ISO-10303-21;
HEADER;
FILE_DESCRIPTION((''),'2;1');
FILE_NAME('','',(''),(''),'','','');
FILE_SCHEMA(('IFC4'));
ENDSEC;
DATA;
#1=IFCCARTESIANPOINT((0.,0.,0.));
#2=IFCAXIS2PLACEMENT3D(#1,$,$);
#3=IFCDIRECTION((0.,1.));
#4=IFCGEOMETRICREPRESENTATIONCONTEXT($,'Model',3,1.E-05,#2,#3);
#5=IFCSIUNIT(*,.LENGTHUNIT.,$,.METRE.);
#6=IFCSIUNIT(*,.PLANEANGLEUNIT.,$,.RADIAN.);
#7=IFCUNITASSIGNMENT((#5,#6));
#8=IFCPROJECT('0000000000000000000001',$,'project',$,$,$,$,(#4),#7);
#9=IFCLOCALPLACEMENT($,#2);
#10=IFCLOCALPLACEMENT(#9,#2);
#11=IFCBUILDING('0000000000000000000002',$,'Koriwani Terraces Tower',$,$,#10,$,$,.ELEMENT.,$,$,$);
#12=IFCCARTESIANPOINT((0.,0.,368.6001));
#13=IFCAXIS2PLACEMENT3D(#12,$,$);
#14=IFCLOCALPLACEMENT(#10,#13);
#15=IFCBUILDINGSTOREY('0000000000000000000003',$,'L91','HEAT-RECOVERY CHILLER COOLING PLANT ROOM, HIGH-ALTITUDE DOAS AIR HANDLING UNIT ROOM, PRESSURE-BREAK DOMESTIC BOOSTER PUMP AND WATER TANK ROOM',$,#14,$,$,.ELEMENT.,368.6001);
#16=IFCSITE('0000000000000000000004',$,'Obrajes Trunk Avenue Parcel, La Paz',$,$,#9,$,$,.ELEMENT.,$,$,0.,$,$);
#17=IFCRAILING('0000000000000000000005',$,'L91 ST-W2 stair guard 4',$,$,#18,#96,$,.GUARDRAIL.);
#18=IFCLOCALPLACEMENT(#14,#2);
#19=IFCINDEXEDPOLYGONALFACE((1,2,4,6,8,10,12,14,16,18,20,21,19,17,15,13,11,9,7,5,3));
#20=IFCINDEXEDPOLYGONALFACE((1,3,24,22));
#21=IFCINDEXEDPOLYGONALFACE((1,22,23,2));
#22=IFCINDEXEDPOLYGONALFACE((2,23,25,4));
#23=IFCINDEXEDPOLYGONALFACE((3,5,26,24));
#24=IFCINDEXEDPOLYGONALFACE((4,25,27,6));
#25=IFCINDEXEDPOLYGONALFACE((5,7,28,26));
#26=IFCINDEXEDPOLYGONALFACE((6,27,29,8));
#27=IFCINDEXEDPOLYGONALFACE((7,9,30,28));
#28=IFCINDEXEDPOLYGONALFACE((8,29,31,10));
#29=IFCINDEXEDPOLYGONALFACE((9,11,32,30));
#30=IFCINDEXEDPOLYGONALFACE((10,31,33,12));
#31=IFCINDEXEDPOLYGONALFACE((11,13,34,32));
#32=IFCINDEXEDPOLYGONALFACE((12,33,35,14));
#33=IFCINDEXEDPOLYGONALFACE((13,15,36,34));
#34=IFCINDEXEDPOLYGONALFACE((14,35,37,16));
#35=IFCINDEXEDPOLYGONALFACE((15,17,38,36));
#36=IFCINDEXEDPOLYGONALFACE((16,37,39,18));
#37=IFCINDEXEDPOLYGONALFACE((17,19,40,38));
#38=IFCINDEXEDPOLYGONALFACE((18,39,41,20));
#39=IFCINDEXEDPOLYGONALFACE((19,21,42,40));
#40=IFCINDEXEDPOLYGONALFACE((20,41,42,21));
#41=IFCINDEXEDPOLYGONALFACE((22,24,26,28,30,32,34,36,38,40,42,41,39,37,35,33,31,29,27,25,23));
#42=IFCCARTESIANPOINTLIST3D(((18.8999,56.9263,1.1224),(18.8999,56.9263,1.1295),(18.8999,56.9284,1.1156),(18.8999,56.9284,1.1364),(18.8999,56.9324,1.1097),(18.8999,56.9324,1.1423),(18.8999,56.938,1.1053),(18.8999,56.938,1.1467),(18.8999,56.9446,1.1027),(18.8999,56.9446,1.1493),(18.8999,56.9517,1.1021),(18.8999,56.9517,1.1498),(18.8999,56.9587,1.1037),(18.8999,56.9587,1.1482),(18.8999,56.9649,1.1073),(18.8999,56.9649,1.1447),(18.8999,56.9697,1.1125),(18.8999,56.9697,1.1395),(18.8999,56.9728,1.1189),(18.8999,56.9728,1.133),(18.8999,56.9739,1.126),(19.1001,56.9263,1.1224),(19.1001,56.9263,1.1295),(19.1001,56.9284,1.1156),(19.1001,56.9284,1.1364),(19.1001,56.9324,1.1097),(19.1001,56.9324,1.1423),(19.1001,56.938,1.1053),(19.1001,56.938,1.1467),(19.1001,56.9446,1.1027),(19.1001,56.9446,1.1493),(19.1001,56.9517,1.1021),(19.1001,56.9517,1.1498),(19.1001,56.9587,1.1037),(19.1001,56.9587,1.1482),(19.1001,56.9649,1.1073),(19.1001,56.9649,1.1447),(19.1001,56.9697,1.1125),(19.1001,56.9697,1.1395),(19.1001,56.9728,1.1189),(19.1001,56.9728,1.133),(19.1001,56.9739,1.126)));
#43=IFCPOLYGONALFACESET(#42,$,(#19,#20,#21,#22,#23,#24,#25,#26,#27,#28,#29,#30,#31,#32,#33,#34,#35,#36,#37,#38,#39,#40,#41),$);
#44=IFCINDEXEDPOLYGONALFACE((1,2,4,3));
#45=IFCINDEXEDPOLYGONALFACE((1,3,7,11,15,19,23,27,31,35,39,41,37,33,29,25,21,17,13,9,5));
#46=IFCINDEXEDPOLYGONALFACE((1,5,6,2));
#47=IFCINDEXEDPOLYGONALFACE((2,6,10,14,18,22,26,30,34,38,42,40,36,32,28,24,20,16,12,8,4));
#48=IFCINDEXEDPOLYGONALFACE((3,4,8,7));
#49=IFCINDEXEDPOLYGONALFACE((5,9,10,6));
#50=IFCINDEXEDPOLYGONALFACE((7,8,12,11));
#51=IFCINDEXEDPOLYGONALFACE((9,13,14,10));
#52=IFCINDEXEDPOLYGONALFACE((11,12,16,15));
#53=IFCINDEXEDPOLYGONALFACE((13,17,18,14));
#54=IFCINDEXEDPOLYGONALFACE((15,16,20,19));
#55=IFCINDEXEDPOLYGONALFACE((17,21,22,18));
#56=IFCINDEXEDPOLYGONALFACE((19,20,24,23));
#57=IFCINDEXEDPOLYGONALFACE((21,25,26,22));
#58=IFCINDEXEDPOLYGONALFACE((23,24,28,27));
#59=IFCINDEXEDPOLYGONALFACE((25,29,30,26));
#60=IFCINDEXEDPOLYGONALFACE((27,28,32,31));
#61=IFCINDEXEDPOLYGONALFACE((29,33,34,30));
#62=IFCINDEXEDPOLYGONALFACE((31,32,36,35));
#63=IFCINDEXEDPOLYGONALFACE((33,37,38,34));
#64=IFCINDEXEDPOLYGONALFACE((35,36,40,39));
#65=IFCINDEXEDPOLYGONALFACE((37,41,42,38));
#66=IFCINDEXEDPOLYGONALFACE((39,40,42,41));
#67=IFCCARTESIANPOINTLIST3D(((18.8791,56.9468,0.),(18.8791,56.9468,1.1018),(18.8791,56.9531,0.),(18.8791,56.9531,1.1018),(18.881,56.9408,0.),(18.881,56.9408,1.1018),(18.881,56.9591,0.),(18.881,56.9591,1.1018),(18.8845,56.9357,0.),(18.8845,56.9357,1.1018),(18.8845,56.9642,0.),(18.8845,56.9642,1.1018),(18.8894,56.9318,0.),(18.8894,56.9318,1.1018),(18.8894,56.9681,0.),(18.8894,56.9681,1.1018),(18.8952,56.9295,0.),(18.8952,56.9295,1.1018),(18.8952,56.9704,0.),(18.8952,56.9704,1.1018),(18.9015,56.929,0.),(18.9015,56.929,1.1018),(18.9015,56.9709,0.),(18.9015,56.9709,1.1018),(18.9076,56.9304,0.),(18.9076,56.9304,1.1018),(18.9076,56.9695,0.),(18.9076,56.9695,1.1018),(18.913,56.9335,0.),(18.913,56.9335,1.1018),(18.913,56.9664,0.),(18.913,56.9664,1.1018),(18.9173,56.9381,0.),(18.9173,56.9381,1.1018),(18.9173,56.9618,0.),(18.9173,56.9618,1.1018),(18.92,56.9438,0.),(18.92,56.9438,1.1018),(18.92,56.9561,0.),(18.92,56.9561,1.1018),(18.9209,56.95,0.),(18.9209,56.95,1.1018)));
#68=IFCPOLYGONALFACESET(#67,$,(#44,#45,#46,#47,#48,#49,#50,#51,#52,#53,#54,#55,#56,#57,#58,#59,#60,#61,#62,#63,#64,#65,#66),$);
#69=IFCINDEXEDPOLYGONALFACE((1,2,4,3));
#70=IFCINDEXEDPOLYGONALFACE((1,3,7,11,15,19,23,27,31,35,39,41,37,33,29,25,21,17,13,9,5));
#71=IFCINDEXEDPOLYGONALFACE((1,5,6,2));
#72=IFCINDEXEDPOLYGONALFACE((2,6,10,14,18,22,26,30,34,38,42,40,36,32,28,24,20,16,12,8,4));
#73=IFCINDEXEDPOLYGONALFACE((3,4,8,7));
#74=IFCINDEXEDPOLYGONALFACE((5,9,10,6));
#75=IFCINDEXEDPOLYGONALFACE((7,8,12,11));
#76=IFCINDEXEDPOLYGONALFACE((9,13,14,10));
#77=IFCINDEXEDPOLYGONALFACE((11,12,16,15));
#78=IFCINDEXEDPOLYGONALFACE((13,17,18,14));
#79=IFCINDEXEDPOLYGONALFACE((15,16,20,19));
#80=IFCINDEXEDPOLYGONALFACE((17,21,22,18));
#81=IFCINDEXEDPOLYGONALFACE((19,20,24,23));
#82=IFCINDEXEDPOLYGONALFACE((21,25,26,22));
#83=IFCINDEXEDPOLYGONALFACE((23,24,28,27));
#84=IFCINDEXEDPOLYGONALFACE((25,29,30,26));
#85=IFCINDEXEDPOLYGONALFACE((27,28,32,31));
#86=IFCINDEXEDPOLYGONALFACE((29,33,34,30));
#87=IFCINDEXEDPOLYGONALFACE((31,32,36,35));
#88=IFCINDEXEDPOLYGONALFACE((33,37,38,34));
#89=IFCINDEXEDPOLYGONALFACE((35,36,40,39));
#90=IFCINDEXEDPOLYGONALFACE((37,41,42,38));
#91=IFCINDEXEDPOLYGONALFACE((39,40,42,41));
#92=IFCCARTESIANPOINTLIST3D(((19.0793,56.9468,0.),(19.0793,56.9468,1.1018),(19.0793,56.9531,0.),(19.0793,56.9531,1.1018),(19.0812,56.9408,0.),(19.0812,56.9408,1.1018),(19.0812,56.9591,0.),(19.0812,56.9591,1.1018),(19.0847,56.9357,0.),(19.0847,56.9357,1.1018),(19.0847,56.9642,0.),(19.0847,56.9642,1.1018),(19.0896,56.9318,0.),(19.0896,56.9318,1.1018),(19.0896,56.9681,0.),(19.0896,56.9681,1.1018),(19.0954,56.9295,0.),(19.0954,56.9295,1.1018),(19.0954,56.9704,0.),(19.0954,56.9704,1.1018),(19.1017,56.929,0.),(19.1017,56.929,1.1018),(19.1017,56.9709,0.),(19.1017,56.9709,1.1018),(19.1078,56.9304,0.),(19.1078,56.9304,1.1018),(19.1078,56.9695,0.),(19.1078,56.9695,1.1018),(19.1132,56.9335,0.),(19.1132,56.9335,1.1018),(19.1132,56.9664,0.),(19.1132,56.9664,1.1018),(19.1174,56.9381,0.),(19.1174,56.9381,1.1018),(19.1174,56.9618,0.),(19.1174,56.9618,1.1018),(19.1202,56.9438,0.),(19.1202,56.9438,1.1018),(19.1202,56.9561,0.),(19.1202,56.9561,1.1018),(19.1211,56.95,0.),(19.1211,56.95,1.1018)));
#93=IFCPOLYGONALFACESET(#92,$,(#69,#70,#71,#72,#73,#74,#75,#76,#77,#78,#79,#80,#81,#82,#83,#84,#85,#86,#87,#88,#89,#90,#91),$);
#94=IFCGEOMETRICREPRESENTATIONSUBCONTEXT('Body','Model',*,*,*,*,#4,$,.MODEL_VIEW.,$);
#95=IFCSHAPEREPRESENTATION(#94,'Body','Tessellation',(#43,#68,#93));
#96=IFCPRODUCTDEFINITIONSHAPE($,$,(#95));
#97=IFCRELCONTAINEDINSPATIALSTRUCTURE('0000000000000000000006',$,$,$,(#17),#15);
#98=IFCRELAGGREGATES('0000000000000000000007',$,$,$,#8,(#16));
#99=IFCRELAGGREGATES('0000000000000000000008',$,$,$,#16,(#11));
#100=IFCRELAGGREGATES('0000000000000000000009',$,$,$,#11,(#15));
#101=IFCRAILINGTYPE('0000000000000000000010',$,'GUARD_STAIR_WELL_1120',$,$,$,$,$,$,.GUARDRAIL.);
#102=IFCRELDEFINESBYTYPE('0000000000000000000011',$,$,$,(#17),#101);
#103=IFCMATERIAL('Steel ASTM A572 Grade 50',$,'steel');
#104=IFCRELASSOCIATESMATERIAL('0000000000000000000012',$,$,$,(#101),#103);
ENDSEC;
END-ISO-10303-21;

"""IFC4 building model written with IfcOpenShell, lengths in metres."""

from ifc_helpers import new_model, si_unit, direction, frame, origin, origin_2d, place, context, subcontext, project, spatial, circle, extrude, material, type_object, element, save


model = new_model("IFC4")

# Units and contexts
model_context = context("Model", 3, precision=1e-05, world=origin(), true_north=direction((0.0, 1.0)))
body_context = subcontext(model_context, "Body", "Model", "MODEL_VIEW")
ifc_project = project(units=[si_unit("LENGTHUNIT", "METRE"), si_unit("PLANEANGLEUNIT", "RADIAN")], contexts=[model_context])

# Site, building, storey
site_placement = place(None, origin())
site = spatial("IfcSite", under=ifc_project, at=site_placement, Name="Obrajes Trunk Avenue Parcel, La Paz", CompositionType="ELEMENT", RefElevation=0.0)
building_placement = place(site_placement, origin())
building = spatial("IfcBuilding", under=site, at=building_placement, Name="Koriwani Terraces Tower", CompositionType="ELEMENT")
storey_placement = place(building_placement, frame((0.0, 0.0, 368.6001)))
storey = spatial("IfcBuildingStorey", under=building, at=storey_placement, Name="L91", Description="HEAT-RECOVERY CHILLER COOLING PLANT ROOM, HIGH-ALTITUDE DOAS AIR HANDLING UNIT ROOM, PRESSURE-BREAK DOMESTIC BOOSTER PUMP AND WATER TANK ROOM", CompositionType="ELEMENT", Elevation=368.6001)

# Shared definitions
ifc_material_1 = material(Name="Steel ASTM A572 Grade 50", Category="steel")

# Railing
railing_type_1 = type_object("IfcRailingType", Name="GUARD_STAIR_WELL_1120", PredefinedType="GUARDRAIL", material=ifc_material_1)
railing_1_placement = place(storey_placement, frame((18.8999, 56.95, 0.0)))
element("IfcRailing", 1, at=railing_1_placement, inside=storey, type_object=railing_type_1, Name="L91 ST-W2 stair guard 4", PredefinedType="GUARDRAIL", context=body_context, shape_type="SweptSolid", body=[
    extrude(circle(Radius=0.0239, at=origin_2d()), frame((0.0, 0.0, 1.126), z_axis=(1.0, 0.0, 0.0), x_axis=(0.0, 1.0, 0.0)), (0.0, 0.0, 1.0), 0.2002),
    extrude(circle(Radius=0.021, at=origin_2d()), origin(), (0.0, 0.0, 1.0), 1.1018),
    extrude(circle(Radius=0.021, at=origin_2d()), frame((0.2002, 0.0, 0.0)), (0.0, 0.0, 1.0), 1.1018),
])

save(model, "model.ifc")
